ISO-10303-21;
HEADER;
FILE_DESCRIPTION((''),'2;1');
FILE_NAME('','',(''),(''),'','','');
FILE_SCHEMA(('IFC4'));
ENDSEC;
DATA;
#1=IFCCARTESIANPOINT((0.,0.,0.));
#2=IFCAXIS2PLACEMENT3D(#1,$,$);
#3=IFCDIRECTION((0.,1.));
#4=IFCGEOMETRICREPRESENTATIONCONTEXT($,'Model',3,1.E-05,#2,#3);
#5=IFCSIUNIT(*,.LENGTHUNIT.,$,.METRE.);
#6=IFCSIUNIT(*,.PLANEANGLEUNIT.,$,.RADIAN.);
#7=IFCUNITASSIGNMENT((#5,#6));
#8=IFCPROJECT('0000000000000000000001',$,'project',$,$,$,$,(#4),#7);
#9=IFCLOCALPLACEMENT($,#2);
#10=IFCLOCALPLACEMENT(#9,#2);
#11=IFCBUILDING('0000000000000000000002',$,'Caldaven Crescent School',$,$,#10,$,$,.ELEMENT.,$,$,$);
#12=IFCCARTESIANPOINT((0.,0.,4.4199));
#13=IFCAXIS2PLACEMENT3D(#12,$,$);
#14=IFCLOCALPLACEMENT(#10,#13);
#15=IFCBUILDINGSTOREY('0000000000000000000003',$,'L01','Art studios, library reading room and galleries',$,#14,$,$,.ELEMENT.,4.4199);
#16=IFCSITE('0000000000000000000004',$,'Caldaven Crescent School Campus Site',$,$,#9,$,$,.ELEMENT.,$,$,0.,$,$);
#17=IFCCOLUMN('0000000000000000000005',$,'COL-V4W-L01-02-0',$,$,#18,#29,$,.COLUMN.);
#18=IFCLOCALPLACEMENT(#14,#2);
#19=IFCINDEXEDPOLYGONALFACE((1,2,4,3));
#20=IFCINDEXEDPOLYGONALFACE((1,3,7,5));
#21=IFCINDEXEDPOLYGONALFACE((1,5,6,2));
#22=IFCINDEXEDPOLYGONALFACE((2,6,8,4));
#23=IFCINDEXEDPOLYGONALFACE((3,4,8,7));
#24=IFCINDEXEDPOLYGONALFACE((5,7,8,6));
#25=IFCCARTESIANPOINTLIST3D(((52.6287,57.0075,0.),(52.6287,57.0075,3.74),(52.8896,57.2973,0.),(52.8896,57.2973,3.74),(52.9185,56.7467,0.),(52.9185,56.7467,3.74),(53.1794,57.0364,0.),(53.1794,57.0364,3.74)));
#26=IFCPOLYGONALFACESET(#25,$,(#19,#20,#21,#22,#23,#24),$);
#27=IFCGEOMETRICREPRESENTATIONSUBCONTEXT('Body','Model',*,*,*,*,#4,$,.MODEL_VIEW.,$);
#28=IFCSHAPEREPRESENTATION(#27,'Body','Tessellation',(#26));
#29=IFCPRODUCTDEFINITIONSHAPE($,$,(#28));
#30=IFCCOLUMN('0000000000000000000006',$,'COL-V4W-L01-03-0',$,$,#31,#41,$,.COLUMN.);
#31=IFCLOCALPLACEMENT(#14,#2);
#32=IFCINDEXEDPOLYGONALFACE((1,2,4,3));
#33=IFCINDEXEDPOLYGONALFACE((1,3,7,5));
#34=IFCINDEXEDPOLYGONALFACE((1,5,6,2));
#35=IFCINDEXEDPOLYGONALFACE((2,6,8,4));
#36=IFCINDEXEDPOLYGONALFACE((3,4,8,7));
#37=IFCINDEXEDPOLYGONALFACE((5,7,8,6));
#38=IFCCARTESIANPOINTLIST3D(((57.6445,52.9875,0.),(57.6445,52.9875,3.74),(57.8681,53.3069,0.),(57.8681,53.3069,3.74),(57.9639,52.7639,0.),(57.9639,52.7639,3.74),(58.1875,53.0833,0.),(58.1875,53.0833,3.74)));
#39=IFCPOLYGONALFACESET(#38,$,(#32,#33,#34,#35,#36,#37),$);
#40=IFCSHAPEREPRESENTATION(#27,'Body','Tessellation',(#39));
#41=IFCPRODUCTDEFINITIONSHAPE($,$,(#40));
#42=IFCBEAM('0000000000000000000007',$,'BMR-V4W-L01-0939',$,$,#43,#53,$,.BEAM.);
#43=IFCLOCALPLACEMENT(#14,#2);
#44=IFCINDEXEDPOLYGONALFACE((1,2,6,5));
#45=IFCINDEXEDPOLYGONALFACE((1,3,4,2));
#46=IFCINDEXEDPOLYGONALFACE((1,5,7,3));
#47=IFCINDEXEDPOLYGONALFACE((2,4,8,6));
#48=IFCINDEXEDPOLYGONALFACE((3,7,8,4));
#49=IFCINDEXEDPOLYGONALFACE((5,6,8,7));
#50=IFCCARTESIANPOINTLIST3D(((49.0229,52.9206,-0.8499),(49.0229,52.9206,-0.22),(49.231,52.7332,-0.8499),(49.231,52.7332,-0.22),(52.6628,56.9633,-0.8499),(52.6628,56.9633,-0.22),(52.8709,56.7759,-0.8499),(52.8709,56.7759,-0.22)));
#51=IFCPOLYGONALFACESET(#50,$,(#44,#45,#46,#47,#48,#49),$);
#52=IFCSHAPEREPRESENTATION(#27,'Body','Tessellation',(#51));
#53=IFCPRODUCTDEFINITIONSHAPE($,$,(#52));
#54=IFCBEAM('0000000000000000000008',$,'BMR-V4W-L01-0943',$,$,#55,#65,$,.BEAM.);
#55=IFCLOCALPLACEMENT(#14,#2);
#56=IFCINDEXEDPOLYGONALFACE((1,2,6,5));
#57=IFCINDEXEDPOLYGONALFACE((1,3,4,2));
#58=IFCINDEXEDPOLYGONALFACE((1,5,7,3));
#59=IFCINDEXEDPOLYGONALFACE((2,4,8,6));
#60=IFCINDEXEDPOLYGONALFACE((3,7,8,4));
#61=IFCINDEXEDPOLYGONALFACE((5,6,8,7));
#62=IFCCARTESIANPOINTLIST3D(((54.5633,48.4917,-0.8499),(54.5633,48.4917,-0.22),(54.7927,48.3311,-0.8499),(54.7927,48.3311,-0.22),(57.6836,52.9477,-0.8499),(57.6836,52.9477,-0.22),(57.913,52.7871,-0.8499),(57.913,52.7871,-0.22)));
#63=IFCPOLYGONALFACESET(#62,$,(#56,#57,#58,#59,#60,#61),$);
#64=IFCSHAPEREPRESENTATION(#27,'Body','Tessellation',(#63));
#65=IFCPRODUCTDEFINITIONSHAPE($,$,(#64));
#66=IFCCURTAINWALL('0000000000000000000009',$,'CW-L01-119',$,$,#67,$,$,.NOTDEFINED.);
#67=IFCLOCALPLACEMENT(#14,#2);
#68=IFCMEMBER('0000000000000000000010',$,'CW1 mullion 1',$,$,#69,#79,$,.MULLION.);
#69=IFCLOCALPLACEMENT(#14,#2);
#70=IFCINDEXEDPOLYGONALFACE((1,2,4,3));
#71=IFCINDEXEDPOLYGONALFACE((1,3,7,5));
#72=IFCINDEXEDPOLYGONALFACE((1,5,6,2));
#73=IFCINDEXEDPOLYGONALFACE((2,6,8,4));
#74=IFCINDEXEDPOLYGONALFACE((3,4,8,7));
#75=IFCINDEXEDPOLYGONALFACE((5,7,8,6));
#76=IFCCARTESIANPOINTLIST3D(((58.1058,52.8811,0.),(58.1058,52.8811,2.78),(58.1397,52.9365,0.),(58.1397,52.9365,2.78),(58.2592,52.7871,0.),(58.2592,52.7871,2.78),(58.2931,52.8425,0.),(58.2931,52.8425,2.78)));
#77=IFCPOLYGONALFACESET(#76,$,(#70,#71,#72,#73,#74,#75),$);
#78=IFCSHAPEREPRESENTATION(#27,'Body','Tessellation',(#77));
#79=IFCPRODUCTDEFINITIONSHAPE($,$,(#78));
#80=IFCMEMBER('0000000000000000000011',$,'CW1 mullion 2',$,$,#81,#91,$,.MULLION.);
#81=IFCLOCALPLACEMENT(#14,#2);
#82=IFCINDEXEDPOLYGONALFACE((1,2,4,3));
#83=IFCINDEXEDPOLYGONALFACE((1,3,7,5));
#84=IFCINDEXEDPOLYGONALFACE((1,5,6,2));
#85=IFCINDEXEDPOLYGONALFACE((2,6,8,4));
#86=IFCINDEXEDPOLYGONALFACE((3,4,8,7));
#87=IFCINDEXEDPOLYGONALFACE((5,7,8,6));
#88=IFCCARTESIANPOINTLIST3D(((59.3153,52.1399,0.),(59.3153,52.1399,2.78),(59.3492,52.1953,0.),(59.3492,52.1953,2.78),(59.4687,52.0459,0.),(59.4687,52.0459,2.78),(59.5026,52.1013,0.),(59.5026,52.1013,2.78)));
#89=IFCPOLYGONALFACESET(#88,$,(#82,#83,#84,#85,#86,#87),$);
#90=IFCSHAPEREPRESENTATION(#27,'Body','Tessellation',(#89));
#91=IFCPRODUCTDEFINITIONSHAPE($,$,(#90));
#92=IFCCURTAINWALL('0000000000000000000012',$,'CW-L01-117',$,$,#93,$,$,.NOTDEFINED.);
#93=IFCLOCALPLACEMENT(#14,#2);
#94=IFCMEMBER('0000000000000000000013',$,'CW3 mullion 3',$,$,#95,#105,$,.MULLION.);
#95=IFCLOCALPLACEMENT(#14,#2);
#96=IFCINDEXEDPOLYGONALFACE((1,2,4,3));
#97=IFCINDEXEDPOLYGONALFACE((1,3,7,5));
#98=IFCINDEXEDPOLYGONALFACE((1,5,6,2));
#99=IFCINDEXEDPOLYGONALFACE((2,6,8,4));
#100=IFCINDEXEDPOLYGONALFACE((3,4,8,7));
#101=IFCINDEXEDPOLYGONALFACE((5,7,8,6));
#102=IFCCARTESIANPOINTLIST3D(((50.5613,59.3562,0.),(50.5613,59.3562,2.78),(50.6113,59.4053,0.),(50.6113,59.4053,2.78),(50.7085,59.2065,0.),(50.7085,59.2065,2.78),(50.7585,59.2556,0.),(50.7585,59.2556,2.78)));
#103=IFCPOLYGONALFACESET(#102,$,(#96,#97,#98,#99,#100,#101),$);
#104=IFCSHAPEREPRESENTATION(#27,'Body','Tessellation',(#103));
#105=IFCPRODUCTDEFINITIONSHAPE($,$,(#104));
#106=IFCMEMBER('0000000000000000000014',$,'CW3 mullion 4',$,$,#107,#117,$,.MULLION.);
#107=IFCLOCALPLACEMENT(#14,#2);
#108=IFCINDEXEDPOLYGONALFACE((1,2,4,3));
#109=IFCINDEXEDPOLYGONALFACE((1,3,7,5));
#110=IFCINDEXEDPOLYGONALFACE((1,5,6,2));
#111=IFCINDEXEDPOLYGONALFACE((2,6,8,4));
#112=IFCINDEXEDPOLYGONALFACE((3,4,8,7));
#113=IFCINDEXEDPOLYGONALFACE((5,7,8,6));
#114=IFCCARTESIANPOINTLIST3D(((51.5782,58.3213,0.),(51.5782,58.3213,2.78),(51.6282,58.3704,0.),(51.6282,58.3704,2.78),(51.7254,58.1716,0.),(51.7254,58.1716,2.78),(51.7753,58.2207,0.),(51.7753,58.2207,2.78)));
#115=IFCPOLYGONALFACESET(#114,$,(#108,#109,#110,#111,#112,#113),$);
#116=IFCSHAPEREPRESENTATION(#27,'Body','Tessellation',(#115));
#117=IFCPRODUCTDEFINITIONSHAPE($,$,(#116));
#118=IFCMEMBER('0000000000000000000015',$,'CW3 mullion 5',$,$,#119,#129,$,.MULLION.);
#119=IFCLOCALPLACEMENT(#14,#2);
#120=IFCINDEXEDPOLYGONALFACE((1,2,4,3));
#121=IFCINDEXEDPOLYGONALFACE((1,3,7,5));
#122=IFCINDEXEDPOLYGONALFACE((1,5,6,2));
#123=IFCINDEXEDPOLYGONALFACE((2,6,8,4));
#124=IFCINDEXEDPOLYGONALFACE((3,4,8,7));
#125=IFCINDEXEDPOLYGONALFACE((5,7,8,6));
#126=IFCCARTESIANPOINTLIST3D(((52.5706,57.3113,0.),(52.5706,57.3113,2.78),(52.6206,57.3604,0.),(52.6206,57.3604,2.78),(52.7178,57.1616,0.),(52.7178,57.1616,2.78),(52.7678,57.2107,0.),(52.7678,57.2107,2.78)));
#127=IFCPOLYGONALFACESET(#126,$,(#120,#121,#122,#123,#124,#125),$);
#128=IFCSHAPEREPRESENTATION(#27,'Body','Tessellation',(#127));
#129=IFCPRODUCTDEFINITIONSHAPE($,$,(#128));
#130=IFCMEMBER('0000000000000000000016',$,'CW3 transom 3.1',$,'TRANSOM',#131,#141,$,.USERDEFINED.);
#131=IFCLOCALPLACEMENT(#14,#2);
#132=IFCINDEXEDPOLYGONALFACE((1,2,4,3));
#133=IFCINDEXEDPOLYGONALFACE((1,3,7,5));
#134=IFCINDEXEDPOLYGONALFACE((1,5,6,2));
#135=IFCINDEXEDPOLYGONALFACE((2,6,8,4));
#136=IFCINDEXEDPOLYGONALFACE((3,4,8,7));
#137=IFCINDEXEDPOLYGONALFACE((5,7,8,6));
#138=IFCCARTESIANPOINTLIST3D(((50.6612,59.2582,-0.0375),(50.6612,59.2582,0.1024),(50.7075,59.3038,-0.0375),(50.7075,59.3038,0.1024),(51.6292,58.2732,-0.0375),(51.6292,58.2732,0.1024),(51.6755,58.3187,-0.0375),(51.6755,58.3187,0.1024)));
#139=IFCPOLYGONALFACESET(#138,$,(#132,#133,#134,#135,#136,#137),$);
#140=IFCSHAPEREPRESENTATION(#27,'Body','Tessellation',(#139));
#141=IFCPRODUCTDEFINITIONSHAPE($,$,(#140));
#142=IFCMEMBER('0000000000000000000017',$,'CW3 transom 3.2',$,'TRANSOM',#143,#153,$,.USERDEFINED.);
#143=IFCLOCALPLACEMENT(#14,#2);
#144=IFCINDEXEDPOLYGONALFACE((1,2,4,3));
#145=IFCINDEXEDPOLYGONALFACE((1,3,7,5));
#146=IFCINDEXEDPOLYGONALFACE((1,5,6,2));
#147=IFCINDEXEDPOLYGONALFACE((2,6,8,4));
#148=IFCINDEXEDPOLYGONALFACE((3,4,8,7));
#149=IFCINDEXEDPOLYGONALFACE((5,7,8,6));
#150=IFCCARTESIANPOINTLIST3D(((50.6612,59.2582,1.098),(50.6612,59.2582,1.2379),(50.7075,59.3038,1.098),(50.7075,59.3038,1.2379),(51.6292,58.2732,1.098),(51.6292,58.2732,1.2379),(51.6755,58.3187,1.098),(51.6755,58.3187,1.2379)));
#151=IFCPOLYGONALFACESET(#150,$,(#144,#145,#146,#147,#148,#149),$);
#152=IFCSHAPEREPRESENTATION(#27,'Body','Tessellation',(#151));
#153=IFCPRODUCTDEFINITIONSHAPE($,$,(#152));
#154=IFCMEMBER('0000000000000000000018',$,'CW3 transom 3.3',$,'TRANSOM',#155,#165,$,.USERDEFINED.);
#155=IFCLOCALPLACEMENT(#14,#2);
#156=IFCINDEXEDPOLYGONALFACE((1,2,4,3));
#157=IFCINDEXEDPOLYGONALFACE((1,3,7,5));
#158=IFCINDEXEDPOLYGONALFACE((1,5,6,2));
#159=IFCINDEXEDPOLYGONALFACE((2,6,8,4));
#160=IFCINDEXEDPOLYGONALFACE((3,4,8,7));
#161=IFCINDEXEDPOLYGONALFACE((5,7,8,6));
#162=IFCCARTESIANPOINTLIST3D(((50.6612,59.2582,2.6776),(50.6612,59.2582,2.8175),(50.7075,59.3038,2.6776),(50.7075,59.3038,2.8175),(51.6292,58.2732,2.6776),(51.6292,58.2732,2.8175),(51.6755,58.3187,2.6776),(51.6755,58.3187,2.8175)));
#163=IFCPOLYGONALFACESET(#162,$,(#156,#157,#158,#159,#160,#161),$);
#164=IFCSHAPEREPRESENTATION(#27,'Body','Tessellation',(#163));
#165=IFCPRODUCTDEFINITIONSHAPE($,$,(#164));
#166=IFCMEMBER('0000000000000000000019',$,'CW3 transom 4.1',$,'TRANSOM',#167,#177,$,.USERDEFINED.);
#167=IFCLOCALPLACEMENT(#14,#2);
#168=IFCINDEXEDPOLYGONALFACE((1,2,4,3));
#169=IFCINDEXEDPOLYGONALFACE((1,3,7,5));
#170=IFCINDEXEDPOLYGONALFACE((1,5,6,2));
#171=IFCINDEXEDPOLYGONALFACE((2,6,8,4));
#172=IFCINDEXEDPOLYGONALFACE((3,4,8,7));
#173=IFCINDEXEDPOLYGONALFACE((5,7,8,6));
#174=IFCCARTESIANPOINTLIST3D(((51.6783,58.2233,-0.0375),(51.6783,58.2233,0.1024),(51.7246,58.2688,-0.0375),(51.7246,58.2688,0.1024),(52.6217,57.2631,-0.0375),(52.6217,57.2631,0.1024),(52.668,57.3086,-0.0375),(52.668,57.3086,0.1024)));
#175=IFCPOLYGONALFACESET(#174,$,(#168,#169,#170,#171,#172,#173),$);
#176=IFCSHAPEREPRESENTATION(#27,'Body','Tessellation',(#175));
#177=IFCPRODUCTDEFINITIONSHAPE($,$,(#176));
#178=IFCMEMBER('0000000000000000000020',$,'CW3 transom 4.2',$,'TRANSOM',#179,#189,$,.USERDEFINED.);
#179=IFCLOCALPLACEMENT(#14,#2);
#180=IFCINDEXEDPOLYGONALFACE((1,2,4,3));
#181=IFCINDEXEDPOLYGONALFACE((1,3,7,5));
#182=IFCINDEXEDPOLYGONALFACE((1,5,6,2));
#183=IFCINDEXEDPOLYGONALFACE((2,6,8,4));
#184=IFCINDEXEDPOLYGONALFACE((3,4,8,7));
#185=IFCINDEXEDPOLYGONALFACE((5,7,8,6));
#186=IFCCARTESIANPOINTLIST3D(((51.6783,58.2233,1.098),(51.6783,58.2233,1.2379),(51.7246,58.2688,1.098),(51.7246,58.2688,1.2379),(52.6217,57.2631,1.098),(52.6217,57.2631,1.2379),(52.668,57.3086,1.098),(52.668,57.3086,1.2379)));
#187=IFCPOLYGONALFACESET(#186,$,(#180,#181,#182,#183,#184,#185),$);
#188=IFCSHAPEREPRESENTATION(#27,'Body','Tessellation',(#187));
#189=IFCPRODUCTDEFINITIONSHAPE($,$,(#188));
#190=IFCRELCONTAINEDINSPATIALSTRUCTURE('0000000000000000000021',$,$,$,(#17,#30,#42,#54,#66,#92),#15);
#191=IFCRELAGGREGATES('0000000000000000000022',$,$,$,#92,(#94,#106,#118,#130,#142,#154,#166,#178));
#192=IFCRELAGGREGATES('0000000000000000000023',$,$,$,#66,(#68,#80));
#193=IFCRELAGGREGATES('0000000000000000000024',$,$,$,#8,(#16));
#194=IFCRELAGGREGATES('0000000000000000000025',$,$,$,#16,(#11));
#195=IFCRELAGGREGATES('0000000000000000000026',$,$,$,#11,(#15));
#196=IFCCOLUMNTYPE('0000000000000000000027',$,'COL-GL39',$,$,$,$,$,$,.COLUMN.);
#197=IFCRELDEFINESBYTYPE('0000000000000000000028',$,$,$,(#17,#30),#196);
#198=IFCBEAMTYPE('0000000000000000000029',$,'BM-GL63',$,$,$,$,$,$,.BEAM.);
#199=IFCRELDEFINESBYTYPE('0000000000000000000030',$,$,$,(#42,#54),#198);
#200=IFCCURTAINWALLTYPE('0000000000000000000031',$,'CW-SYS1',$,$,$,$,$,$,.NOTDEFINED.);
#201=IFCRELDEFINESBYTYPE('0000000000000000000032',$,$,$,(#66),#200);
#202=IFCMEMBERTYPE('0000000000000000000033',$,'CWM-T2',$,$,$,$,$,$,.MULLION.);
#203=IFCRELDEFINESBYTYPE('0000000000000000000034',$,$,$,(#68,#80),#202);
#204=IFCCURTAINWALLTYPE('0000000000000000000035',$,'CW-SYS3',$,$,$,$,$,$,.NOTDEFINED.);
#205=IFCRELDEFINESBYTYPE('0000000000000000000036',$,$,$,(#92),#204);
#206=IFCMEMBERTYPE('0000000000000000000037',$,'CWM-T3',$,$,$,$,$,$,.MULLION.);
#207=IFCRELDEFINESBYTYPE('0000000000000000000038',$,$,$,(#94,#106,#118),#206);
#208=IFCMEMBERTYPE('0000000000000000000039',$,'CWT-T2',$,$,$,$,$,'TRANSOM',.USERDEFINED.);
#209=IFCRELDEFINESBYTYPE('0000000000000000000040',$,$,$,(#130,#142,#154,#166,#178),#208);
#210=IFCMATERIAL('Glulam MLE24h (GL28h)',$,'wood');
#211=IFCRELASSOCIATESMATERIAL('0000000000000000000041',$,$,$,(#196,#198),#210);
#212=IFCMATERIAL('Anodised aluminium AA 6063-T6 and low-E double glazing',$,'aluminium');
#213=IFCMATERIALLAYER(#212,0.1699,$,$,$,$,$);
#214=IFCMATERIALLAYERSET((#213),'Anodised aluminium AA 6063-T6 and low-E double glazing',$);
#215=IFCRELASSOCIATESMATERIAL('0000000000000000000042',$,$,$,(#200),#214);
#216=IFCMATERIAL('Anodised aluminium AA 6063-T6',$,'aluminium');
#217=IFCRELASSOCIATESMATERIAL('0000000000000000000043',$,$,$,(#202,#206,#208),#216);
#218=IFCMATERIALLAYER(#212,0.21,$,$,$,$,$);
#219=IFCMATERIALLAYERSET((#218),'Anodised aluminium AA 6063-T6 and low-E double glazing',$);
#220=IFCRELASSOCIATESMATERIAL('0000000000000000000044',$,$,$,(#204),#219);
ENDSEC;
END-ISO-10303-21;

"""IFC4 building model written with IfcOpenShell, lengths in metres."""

from ifc_helpers import new_model, si_unit, direction, frame, origin, origin_2d, place, context, subcontext, project, spatial, rectangle, extrude, material, layer, layer_set, material_profile, profile_set, type_object, element, aggregate, save


model = new_model("IFC4")

# Units and contexts
model_context = context("Model", 3, precision=1e-05, world=origin(), true_north=direction((0.0, 1.0)))
body_context = subcontext(model_context, "Body", "Model", "MODEL_VIEW")
ifc_project = project(units=[si_unit("LENGTHUNIT", "METRE"), si_unit("PLANEANGLEUNIT", "RADIAN")], contexts=[model_context])

# Site, building, storey
site_placement = place(None, origin())
site = spatial("IfcSite", under=ifc_project, at=site_placement, Name="Caldaven Crescent School Campus Site", CompositionType="ELEMENT", RefElevation=0.0)
building_placement = place(site_placement, origin())
building = spatial("IfcBuilding", under=site, at=building_placement, Name="Caldaven Crescent School", CompositionType="ELEMENT")
storey_placement = place(building_placement, frame((0.0, 0.0, 4.4199)))
storey = spatial("IfcBuildingStorey", under=building, at=storey_placement, Name="L01", Description="Art studios, library reading room and galleries", CompositionType="ELEMENT", Elevation=4.4199)

# Columns
ifc_material_1 = material(Name="Glulam MLE24h (GL28h)", Category="wood")
ifc_material_profile_1 = material_profile(ifc_material_1, rectangle(XDim=0.3899, YDim=0.3899, at=origin_2d()), Name="MLE 390x390")
ifc_profile_set_1 = profile_set([ifc_material_profile_1], Name="Glulam MLE24h (GL28h)")
column_type = type_object("IfcColumnType", Name="COL-GL39", PredefinedType="COLUMN", material=ifc_profile_set_1)
for number, where, z_axis, x_axis, name in (
    (1, (52.9041, 57.022, 0.0), (0.0, 0.0, 1.0), (-0.669131, -0.743145, 0.0), "COL-V4W-L01-02-0"),
    (2, (57.916, 53.0354, 0.0), (0.0, 0.0, 1.0), (-0.573576, -0.819152, 0.0), "COL-V4W-L01-03-0"),
):
    element("IfcColumn", number, at=place(storey_placement, frame(where, z_axis=z_axis, x_axis=x_axis)), inside=storey, type_object=column_type, Name=name, PredefinedType="COLUMN", context=body_context, shape_type="SweptSolid", body=[
        extrude(rectangle(XDim=0.3899, YDim=0.3899, at=origin_2d()), origin(), (0.0, 0.0, 1.0), 3.74),
    ])

# Beams
ifc_material_profile_2 = material_profile(ifc_material_1, rectangle(XDim=0.28, YDim=0.6299, at=origin_2d()), Name="MLE 280x630")
ifc_profile_set_2 = profile_set([ifc_material_profile_2], Name="Glulam MLE24h (GL28h)")
beam_type_1 = type_object("IfcBeamType", Name="BM-GL63", PredefinedType="BEAM", material=ifc_profile_set_2)
for number, where, z_axis, x_axis, name in (
    (3, (52.7668, 56.8696, -0.5349), (-0.669111, -0.743162, 0.0), (0.743162, -0.669111, 0.0), "BMR-V4W-L01-0939"),
    (4, (57.7983, 52.8674, -0.5349), (-0.573601, -0.819135, 0.0), (0.819135, -0.573601, 0.0), "BMR-V4W-L01-0943"),
):
    element("IfcBeam", number, at=place(storey_placement, frame(where, z_axis=z_axis, x_axis=x_axis)), inside=storey, type_object=beam_type_1, Name=name, PredefinedType="BEAM", context=body_context, shape_type="SweptSolid", body=[
        extrude(rectangle(XDim=0.28, YDim=0.6299, at=origin_2d()), origin(), (0.0, 0.0, 1.0), 5.4399),
    ])

# Curtain walls, members
ifc_material_2 = material(Name="Anodised aluminium AA 6063-T6 and low-E double glazing", Category="aluminium")
ifc_layer_1 = layer(ifc_material_2, 0.1699)
ifc_layer_set_1 = layer_set([ifc_layer_1], Name="Anodised aluminium AA 6063-T6 and low-E double glazing")
curtain_wall_type_1 = type_object("IfcCurtainWallType", Name="CW-SYS1", PredefinedType="NOTDEFINED", material=ifc_layer_set_1)
curtain_wall_1_placement = place(storey_placement, origin())
curtain_wall_1 = element("IfcCurtainWall", 5, at=curtain_wall_1_placement, inside=storey, type_object=curtain_wall_type_1, Name="CW-L01-119", PredefinedType="NOTDEFINED")
ifc_material_3 = material(Name="Anodised aluminium AA 6063-T6", Category="aluminium")
ifc_material_profile_3 = material_profile(ifc_material_3, rectangle(XDim=0.0649, YDim=0.1799, at=origin_2d()), Name="CWM 65x180")
ifc_profile_set_3 = profile_set([ifc_material_profile_3], Name="Anodised aluminium AA 6063-T6")
member_type_1 = type_object("IfcMemberType", Name="CWM-T2", PredefinedType="MULLION", material=ifc_profile_set_3)
member_1_placement = place(storey_placement, frame((58.1995, 52.8618, 0.0), z_axis=(0.0, 0.0, 1.0), x_axis=(0.522499, 0.85264, 0.0)))
member_1 = element("IfcMember", 6, at=member_1_placement, type_object=member_type_1, Name="CW1 mullion 1", PredefinedType="MULLION", context=body_context, shape_type="SweptSolid", body=[
    extrude(rectangle(XDim=0.0649, YDim=0.1799, at=origin_2d()), origin(), (0.0, 0.0, 1.0), 2.78),
])
member_2_placement = place(storey_placement, frame((59.4089, 52.1206, 0.0), z_axis=(0.0, 0.0, 1.0), x_axis=(0.522499, 0.85264, 0.0)))
member_2 = element("IfcMember", 7, at=member_2_placement, type_object=member_type_1, Name="CW1 mullion 2", PredefinedType="MULLION", context=body_context, shape_type="SweptSolid", body=[
    extrude(rectangle(XDim=0.0649, YDim=0.1799, at=origin_2d()), origin(), (0.0, 0.0, 1.0), 2.78),
])
ifc_layer_2 = layer(ifc_material_2, 0.21)
ifc_layer_set_2 = layer_set([ifc_layer_2], Name="Anodised aluminium AA 6063-T6 and low-E double glazing")
curtain_wall_type_2 = type_object("IfcCurtainWallType", Name="CW-SYS3", PredefinedType="NOTDEFINED", material=ifc_layer_set_2)
curtain_wall_2_placement = place(storey_placement, origin())
curtain_wall_2 = element("IfcCurtainWall", 8, at=curtain_wall_2_placement, inside=storey, type_object=curtain_wall_type_2, Name="CW-L01-117", PredefinedType="NOTDEFINED")
ifc_material_profile_4 = material_profile(ifc_material_3, rectangle(XDim=0.0701, YDim=0.21, at=origin_2d()), Name="CWM 70x210")
ifc_profile_set_4 = profile_set([ifc_material_profile_4], Name="Anodised aluminium AA 6063-T6")
member_type_2 = type_object("IfcMemberType", Name="CWM-T3", PredefinedType="MULLION", material=ifc_profile_set_4)
member_3_placement = place(storey_placement, frame((50.6599, 59.3059, 0.0), z_axis=(0.0, 0.0, 1.0), x_axis=(0.713251, 0.700909, 0.0)))
member_3 = element("IfcMember", 9, at=member_3_placement, type_object=member_type_2, Name="CW3 mullion 3", PredefinedType="MULLION", context=body_context, shape_type="SweptSolid", body=[
    extrude(rectangle(XDim=0.0701, YDim=0.21, at=origin_2d()), origin(), (0.0, 0.0, 1.0), 2.78),
])
member_4_placement = place(storey_placement, frame((51.6768, 58.271, 0.0), z_axis=(0.0, 0.0, 1.0), x_axis=(0.713251, 0.700909, 0.0)))
member_4 = element("IfcMember", 10, at=member_4_placement, type_object=member_type_2, Name="CW3 mullion 4", PredefinedType="MULLION", context=body_context, shape_type="SweptSolid", body=[
    extrude(rectangle(XDim=0.0701, YDim=0.21, at=origin_2d()), origin(), (0.0, 0.0, 1.0), 2.78),
])
member_5_placement = place(storey_placement, frame((52.6692, 57.261, 0.0), z_axis=(0.0, 0.0, 1.0), x_axis=(0.713251, 0.700909, 0.0)))
member_5 = element("IfcMember", 11, at=member_5_placement, type_object=member_type_2, Name="CW3 mullion 5", PredefinedType="MULLION", context=body_context, shape_type="SweptSolid", body=[
    extrude(rectangle(XDim=0.0701, YDim=0.21, at=origin_2d()), origin(), (0.0, 0.0, 1.0), 2.78),
])
ifc_material_profile_5 = material_profile(ifc_material_3, rectangle(XDim=0.0649, YDim=0.1399, at=origin_2d()), Name="CWT 65x140")
ifc_profile_set_5 = profile_set([ifc_material_profile_5], Name="Anodised aluminium AA 6063-T6")
member_type_3 = type_object("IfcMemberType", Name="CWT-T2", ElementType="TRANSOM", PredefinedType="USERDEFINED", material=ifc_profile_set_5)
member_6_placement = place(storey_placement, frame((50.6843, 59.281, 0.0325), z_axis=(0.700893, -0.713267, 0.0), x_axis=(0.713267, 0.700893, 0.0)))
member_6 = element("IfcMember", 12, at=member_6_placement, type_object=member_type_3, Name="CW3 transom 3.1", ObjectType="TRANSOM", PredefinedType="USERDEFINED", context=body_context, shape_type="SweptSolid", body=[
    extrude(rectangle(XDim=0.0649, YDim=0.1399, at=origin_2d()), origin(), (0.0, 0.0, 1.0), 1.3811),
])
member_7_placement = place(storey_placement, frame((50.6843, 59.281, 1.168), z_axis=(0.700893, -0.713267, 0.0), x_axis=(0.713267, 0.700893, 0.0)))
member_7 = element("IfcMember", 13, at=member_7_placement, type_object=member_type_3, Name="CW3 transom 3.2", ObjectType="TRANSOM", PredefinedType="USERDEFINED", context=body_context, shape_type="SweptSolid", body=[
    extrude(rectangle(XDim=0.0649, YDim=0.1399, at=origin_2d()), origin(), (0.0, 0.0, 1.0), 1.3811),
])
member_8_placement = place(storey_placement, frame((50.6843, 59.281, 2.7476), z_axis=(0.700893, -0.713267, 0.0), x_axis=(0.713267, 0.700893, 0.0)))
member_8 = element("IfcMember", 14, at=member_8_placement, type_object=member_type_3, Name="CW3 transom 3.3", ObjectType="TRANSOM", PredefinedType="USERDEFINED", context=body_context, shape_type="SweptSolid", body=[
    extrude(rectangle(XDim=0.0649, YDim=0.1399, at=origin_2d()), origin(), (0.0, 0.0, 1.0), 1.3811),
])
member_9_placement = place(storey_placement, frame((51.7014, 58.2461, 0.0325), z_axis=(0.700822, -0.713336, 0.0), x_axis=(0.713336, 0.700822, 0.0)))
member_9 = element("IfcMember", 15, at=member_9_placement, type_object=member_type_3, Name="CW3 transom 4.1", ObjectType="TRANSOM", PredefinedType="USERDEFINED", context=body_context, shape_type="SweptSolid", body=[
    extrude(rectangle(XDim=0.0649, YDim=0.1399, at=origin_2d()), origin(), (0.0, 0.0, 1.0), 1.3462),
])
member_10_placement = place(storey_placement, frame((51.7014, 58.2461, 1.168), z_axis=(0.700822, -0.713336, 0.0), x_axis=(0.713336, 0.700822, 0.0)))
member_10 = element("IfcMember", 16, at=member_10_placement, type_object=member_type_3, Name="CW3 transom 4.2", ObjectType="TRANSOM", PredefinedType="USERDEFINED", context=body_context, shape_type="SweptSolid", body=[
    extrude(rectangle(XDim=0.0649, YDim=0.1399, at=origin_2d()), origin(), (0.0, 0.0, 1.0), 1.3462),
])

aggregate(curtain_wall_2, [member_3, member_4, member_5, member_6, member_7, member_8, member_9, member_10])
aggregate(curtain_wall_1, [member_1, member_2])

save(model, "model.ifc")
